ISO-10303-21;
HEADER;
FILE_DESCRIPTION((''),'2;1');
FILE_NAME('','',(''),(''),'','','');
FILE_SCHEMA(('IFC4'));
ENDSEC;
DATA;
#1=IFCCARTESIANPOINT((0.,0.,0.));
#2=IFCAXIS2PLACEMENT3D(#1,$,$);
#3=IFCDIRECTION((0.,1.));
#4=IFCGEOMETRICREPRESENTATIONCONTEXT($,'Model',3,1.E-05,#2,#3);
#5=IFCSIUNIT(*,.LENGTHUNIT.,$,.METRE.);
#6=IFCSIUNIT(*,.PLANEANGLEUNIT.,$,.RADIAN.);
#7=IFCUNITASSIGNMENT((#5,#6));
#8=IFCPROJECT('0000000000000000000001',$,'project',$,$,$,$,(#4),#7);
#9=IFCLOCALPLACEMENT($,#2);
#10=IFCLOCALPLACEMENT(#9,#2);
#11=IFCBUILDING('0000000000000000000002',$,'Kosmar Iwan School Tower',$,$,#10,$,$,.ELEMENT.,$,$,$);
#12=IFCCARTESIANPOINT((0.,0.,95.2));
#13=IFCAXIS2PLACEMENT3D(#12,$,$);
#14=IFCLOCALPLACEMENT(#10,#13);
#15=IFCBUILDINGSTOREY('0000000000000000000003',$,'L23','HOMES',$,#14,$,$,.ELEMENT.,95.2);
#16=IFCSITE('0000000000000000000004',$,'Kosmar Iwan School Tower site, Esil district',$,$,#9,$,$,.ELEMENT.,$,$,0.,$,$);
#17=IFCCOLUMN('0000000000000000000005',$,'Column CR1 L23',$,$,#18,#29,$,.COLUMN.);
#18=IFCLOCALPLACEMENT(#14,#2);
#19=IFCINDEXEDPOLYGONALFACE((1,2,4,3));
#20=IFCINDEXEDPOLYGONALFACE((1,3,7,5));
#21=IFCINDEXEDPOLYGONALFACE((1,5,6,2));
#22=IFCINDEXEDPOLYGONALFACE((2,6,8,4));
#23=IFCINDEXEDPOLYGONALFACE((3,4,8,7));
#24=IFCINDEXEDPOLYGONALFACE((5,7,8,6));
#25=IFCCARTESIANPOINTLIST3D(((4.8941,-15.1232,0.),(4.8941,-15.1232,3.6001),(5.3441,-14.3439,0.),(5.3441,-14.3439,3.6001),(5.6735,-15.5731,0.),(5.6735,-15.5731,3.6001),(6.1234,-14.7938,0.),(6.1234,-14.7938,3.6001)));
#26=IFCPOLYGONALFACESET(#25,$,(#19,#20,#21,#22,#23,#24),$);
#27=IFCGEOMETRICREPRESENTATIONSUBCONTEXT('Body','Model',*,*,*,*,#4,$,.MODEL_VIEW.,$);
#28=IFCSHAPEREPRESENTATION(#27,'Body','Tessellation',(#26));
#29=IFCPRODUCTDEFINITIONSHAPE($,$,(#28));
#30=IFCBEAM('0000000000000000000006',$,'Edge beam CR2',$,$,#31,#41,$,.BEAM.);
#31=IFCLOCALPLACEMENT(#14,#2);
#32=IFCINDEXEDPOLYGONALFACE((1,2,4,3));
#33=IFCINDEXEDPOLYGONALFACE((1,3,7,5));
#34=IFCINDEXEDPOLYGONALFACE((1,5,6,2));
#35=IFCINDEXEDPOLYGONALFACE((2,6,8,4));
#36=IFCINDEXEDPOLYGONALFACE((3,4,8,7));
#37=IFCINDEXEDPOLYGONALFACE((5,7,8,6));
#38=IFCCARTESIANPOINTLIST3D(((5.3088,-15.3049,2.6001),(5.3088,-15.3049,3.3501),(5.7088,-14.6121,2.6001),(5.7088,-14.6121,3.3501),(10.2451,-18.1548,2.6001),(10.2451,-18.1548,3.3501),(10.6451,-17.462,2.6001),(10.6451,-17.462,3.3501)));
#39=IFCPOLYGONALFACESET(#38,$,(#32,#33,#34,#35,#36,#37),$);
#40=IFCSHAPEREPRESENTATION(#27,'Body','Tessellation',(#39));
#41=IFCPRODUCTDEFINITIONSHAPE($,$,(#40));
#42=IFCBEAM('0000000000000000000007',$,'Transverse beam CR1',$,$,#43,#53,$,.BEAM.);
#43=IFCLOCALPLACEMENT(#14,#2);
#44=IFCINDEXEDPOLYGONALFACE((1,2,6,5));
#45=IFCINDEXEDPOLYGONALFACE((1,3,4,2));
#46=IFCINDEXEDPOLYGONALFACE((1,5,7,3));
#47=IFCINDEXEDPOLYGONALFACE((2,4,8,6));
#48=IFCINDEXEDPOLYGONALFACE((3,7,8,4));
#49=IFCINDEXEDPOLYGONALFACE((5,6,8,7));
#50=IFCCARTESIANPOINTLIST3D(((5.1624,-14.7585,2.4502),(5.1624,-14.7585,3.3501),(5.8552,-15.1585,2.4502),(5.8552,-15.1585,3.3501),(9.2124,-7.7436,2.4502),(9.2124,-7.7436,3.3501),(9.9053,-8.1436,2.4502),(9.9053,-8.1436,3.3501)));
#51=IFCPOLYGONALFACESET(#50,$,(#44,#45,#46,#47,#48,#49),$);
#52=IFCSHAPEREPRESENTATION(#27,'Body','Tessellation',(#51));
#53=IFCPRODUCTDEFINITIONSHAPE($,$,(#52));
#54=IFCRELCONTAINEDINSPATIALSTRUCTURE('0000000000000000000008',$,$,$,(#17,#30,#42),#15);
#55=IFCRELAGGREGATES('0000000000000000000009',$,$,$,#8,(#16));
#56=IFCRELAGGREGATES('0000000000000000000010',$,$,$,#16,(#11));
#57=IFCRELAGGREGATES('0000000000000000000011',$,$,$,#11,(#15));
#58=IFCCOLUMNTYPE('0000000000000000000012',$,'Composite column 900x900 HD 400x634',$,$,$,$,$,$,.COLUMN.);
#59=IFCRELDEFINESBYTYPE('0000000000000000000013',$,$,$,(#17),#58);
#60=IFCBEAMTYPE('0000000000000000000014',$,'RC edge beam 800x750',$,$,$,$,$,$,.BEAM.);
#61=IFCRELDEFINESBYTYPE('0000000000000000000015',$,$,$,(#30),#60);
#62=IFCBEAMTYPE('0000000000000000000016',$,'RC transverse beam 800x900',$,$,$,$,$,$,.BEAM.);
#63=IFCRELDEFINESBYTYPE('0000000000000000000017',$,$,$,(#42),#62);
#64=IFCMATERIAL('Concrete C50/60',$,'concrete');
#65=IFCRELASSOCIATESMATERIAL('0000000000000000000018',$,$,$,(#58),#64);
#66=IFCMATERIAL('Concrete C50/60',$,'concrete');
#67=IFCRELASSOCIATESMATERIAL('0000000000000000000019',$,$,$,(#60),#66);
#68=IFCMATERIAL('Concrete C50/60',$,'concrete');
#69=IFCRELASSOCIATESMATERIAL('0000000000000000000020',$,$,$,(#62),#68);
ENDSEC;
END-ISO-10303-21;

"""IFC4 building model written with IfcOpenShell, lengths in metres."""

from ifc_helpers import new_model, si_unit, direction, frame, origin, origin_2d, place, context, subcontext, project, spatial, rectangle, extrude, material, material_profile, profile_set, type_object, element, save


model = new_model("IFC4")

# Units and contexts
model_context = context("Model", 3, precision=1e-05, world=origin(), true_north=direction((0.0, 1.0)))
body_context = subcontext(model_context, "Body", "Model", "MODEL_VIEW")
ifc_project = project(units=[si_unit("LENGTHUNIT", "METRE"), si_unit("PLANEANGLEUNIT", "RADIAN")], contexts=[model_context])

# Site, building, storey
site_placement = place(None, origin())
site = spatial("IfcSite", under=ifc_project, at=site_placement, Name="Kosmar Iwan School Tower site, Esil district", CompositionType="ELEMENT", RefElevation=0.0)
building_placement = place(site_placement, origin())
building = spatial("IfcBuilding", under=site, at=building_placement, Name="Kosmar Iwan School Tower", CompositionType="ELEMENT")
storey_placement = place(building_placement, frame((0.0, 0.0, 95.2)))
storey = spatial("IfcBuildingStorey", under=building, at=storey_placement, Name="L23", Description="HOMES", CompositionType="ELEMENT", Elevation=95.2)

# Column
ifc_material_1 = material(Name="Concrete C50/60", Category="concrete")
ifc_material_profile_1 = material_profile(ifc_material_1, rectangle(XDim=0.8999, YDim=0.8999, at=origin_2d()), Name="RC 900x900 + HD 400x634")
ifc_profile_set_1 = profile_set([ifc_material_profile_1], Name="Concrete C50/60")
column_type = type_object("IfcColumnType", Name="Composite column 900x900 HD 400x634", PredefinedType="COLUMN", material=ifc_profile_set_1)
column_placement = place(storey_placement, frame((5.5088, -14.9585, 0.0), z_axis=(0.0, 0.0, 1.0), x_axis=(0.866025, -0.5, 0.0)))
element("IfcColumn", 1, at=column_placement, inside=storey, type_object=column_type, Name="Column CR1 L23", PredefinedType="COLUMN", context=body_context, shape_type="SweptSolid", body=[
    extrude(rectangle(XDim=0.8999, YDim=0.8999, at=origin_2d()), origin(), (0.0, 0.0, 1.0), 3.6001),
])

# Beams
ifc_material_2 = material(Name="Concrete C50/60", Category="concrete")
ifc_material_profile_2 = material_profile(ifc_material_2, rectangle(XDim=0.8, YDim=0.75, at=origin_2d()), Name="RC 800x750")
ifc_profile_set_2 = profile_set([ifc_material_profile_2], Name="Concrete C50/60")
beam_type_1 = type_object("IfcBeamType", Name="RC edge beam 800x750", PredefinedType="BEAM", material=ifc_profile_set_2)
beam_1_placement = place(storey_placement, frame((5.5088, -14.9585, 2.9751), z_axis=(0.866034, -0.499986, 0.0), x_axis=(0.499986, 0.866034, 0.0)))
element("IfcBeam", 2, at=beam_1_placement, inside=storey, type_object=beam_type_1, Name="Edge beam CR2", PredefinedType="BEAM", context=body_context, shape_type="SweptSolid", body=[
    extrude(rectangle(XDim=0.8, YDim=0.75, at=origin_2d()), origin(), (0.0, 0.0, 1.0), 5.7),
])
ifc_material_3 = material(Name="Concrete C50/60", Category="concrete")
ifc_material_profile_3 = material_profile(ifc_material_3, rectangle(XDim=0.8, YDim=0.8999, at=origin_2d()), Name="RC 800x900")
ifc_profile_set_3 = profile_set([ifc_material_profile_3], Name="Concrete C50/60")
beam_type_2 = type_object("IfcBeamType", Name="RC transverse beam 800x900", PredefinedType="BEAM", material=ifc_profile_set_3)
beam_2_placement = place(storey_placement, frame((5.5088, -14.9585, 2.9001), z_axis=(0.5, 0.866025, 0.0), x_axis=(-0.866025, 0.5, 0.0)))
element("IfcBeam", 3, at=beam_2_placement, inside=storey, type_object=beam_type_2, Name="Transverse beam CR1", PredefinedType="BEAM", context=body_context, shape_type="SweptSolid", body=[
    extrude(rectangle(XDim=0.8, YDim=0.8999, at=origin_2d()), origin(), (0.0, 0.0, 1.0), 8.1001),
])

save(model, "model.ifc")
